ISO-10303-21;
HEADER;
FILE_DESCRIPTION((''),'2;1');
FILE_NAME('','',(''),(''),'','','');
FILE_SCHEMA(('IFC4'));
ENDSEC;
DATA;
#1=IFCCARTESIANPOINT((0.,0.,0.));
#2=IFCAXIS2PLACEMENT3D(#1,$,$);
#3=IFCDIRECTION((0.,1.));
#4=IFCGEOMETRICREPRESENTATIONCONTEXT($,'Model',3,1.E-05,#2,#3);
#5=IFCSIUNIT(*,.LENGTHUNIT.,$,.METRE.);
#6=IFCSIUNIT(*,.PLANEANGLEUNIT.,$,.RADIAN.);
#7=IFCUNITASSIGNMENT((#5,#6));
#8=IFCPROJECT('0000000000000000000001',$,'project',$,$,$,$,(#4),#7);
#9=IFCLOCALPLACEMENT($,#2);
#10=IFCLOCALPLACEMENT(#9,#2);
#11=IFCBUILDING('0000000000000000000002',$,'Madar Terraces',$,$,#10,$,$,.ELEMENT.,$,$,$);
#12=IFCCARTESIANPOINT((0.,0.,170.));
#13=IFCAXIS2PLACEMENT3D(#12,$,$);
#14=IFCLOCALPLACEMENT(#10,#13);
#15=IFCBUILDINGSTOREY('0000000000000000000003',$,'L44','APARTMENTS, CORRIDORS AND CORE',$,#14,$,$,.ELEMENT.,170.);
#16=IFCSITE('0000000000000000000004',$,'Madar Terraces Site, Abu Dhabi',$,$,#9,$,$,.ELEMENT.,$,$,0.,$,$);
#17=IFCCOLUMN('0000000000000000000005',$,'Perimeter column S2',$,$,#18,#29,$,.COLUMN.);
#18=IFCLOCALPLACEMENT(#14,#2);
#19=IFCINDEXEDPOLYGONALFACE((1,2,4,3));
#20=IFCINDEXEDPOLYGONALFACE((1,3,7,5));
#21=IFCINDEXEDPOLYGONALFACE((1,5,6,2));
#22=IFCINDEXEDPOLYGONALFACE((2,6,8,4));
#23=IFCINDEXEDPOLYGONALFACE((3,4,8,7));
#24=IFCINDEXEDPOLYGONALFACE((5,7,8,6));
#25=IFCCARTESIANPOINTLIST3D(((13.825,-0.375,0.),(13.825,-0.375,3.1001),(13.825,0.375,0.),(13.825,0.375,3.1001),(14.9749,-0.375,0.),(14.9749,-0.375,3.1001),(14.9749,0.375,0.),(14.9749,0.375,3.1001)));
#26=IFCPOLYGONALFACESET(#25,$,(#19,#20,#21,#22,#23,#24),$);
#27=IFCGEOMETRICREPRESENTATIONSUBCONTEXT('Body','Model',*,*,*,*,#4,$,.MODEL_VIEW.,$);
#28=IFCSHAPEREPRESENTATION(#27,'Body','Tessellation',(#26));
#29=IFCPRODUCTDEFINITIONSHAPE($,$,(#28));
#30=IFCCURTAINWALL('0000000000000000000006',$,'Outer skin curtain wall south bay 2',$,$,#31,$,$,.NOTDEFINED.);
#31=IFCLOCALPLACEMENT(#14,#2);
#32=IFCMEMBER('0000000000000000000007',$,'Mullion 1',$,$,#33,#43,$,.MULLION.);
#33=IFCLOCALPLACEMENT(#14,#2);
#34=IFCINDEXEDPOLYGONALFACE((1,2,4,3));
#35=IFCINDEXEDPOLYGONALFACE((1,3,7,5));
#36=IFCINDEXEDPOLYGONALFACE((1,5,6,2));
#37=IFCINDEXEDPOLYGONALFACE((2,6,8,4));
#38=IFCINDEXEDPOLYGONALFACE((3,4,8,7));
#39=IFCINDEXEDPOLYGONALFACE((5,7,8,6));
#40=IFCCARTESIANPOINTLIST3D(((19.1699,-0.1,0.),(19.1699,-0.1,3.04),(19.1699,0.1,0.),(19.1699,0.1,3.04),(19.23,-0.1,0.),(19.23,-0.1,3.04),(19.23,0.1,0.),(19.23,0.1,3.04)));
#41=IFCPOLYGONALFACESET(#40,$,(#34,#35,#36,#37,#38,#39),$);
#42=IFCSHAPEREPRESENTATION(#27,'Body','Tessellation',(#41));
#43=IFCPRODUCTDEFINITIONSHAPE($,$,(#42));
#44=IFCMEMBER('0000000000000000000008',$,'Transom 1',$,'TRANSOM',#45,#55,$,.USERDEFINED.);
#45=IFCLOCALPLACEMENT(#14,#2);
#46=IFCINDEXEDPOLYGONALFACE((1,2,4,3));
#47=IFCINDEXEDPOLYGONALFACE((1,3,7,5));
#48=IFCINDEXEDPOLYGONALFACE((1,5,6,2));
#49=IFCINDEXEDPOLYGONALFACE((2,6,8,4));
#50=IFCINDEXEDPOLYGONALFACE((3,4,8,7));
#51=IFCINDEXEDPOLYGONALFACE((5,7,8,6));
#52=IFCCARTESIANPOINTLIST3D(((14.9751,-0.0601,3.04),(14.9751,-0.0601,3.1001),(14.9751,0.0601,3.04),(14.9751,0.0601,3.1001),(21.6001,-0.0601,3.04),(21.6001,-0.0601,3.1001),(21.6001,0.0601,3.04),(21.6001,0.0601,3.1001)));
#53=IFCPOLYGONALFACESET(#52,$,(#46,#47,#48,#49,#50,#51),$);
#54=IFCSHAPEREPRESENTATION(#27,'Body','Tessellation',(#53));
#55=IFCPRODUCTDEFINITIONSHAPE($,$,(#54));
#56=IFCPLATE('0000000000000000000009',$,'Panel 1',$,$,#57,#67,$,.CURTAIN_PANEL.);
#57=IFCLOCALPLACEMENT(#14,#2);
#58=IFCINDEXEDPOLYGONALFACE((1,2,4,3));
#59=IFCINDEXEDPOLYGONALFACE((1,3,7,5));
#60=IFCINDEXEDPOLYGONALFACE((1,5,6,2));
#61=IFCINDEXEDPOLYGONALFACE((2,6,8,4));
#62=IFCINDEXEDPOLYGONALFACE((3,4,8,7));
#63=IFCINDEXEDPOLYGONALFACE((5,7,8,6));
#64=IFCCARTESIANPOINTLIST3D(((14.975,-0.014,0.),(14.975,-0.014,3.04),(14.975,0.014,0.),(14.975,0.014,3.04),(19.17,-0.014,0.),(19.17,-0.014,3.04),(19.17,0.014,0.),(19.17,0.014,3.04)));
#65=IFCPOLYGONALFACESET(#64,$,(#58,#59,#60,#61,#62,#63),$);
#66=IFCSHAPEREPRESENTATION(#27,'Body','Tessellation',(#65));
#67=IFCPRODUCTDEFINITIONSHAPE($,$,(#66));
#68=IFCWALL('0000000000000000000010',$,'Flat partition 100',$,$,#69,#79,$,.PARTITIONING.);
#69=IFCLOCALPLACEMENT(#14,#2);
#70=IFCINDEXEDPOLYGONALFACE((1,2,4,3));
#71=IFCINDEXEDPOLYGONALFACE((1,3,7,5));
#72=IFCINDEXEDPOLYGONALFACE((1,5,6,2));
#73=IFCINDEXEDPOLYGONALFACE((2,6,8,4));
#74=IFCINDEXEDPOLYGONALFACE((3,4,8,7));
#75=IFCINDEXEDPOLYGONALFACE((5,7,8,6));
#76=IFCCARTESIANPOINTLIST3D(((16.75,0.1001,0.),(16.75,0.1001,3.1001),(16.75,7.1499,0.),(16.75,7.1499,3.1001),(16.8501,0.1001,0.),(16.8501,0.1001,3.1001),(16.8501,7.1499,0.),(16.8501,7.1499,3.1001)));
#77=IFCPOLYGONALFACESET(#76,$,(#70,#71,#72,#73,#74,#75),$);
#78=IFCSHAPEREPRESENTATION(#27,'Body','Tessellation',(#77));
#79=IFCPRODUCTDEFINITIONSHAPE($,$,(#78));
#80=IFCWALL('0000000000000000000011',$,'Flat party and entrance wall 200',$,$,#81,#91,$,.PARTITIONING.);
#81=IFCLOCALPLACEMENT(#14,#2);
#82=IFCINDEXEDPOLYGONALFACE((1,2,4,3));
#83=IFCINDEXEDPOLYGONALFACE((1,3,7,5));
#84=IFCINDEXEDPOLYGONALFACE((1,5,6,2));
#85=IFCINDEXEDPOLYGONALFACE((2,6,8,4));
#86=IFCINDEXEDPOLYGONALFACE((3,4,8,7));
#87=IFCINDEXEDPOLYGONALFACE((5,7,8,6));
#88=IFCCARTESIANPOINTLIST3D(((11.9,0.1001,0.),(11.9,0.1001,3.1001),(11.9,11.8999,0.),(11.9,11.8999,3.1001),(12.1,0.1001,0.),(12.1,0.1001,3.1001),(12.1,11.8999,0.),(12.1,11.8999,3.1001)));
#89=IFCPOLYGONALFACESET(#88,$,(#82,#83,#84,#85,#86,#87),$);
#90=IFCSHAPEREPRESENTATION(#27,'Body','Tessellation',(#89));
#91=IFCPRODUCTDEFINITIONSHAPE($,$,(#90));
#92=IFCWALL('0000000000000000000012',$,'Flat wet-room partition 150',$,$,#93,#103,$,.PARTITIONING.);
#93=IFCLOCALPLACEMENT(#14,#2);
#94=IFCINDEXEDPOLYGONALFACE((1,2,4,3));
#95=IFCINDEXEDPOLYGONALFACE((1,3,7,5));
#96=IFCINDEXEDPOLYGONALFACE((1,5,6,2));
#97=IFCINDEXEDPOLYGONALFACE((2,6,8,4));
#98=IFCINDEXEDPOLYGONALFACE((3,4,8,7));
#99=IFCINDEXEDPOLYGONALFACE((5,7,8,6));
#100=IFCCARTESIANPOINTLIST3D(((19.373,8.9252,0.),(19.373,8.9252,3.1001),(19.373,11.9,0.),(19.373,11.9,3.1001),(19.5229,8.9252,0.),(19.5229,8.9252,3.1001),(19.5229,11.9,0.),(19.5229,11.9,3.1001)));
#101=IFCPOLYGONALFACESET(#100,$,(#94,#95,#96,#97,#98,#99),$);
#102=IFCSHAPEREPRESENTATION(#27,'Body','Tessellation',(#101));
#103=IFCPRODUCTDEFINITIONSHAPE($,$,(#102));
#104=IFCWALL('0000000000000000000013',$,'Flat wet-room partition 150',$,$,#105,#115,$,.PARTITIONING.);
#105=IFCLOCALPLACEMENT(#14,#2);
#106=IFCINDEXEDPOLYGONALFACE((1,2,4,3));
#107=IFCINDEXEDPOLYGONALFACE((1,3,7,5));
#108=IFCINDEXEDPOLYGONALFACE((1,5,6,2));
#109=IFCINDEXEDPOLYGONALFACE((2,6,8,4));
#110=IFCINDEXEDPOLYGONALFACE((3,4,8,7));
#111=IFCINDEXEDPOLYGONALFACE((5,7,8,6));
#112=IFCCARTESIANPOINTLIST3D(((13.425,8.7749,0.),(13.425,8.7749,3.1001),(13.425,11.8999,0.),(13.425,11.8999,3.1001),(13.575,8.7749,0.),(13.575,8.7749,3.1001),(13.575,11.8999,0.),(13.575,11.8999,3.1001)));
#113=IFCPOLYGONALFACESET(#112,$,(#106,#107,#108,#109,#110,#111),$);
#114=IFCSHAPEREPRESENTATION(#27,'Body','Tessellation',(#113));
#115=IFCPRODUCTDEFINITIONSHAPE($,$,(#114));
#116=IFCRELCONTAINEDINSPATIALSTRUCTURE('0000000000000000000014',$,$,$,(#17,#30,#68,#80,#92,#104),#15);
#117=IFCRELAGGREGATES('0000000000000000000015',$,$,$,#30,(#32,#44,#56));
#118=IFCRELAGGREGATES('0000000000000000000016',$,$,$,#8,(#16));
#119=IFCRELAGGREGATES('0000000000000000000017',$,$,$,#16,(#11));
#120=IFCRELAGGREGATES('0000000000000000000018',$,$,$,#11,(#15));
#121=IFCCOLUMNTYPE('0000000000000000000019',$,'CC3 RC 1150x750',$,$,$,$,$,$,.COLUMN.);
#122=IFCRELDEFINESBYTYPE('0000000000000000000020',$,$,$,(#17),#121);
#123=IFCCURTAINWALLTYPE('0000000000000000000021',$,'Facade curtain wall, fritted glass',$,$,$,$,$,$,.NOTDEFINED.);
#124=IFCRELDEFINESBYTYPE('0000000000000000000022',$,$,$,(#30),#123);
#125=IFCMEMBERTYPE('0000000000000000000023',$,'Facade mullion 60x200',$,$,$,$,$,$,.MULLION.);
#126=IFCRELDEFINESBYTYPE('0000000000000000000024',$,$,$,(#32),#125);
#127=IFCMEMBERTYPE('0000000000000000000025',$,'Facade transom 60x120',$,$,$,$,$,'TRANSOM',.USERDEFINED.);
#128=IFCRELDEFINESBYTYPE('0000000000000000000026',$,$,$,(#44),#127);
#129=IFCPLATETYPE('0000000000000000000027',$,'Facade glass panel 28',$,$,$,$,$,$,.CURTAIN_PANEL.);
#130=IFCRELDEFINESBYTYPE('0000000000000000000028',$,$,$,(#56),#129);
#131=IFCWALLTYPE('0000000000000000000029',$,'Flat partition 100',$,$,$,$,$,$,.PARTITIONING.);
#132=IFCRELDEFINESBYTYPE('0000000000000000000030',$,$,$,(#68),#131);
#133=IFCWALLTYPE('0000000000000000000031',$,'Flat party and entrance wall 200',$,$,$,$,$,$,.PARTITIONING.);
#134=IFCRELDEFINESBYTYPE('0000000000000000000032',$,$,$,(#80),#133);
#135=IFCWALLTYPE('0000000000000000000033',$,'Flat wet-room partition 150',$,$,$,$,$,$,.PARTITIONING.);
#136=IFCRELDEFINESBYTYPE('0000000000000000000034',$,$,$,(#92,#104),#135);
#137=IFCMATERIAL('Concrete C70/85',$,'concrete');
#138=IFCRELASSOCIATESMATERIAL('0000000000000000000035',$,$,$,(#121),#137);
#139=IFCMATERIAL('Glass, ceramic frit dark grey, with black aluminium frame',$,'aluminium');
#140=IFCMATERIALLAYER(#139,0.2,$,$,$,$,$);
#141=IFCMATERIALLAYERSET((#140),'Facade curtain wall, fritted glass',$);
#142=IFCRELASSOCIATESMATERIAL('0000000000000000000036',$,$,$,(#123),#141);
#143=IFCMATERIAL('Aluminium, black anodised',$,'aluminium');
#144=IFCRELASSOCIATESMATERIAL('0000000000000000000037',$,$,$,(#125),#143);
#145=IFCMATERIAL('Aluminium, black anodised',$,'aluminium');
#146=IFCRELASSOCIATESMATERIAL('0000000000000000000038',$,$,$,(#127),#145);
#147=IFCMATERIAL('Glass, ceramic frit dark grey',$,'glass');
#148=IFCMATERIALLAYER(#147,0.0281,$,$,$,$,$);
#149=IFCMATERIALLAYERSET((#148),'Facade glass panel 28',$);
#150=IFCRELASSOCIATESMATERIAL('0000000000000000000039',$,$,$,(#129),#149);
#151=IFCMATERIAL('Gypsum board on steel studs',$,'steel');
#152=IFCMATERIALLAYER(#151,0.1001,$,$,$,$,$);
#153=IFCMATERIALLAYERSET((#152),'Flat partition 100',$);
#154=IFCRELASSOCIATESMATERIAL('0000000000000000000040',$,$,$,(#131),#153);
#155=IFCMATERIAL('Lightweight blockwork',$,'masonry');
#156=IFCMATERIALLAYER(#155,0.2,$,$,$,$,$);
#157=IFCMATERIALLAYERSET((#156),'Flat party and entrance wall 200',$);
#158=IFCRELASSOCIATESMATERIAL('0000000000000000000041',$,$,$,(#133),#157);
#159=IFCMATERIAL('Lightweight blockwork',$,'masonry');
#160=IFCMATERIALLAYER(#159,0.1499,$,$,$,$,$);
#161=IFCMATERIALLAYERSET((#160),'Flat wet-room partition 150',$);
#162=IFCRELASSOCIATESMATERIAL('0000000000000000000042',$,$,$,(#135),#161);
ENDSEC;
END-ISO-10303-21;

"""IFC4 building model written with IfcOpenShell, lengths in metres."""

from ifc_helpers import new_model, si_unit, direction, frame, frame_2d, origin, origin_2d, place, context, subcontext, project, spatial, rectangle, extrude, material, layer, layer_set, material_profile, profile_set, type_object, element, aggregate, save


model = new_model("IFC4")

# Units and contexts
model_context = context("Model", 3, precision=1e-05, world=origin(), true_north=direction((0.0, 1.0)))
body_context = subcontext(model_context, "Body", "Model", "MODEL_VIEW")
ifc_project = project(units=[si_unit("LENGTHUNIT", "METRE"), si_unit("PLANEANGLEUNIT", "RADIAN")], contexts=[model_context])

# Site, building, storey
site_placement = place(None, origin())
site = spatial("IfcSite", under=ifc_project, at=site_placement, Name="Madar Terraces Site, Abu Dhabi", CompositionType="ELEMENT", RefElevation=0.0)
building_placement = place(site_placement, origin())
building = spatial("IfcBuilding", under=site, at=building_placement, Name="Madar Terraces", CompositionType="ELEMENT")
storey_placement = place(building_placement, frame((0.0, 0.0, 170.0)))
storey = spatial("IfcBuildingStorey", under=building, at=storey_placement, Name="L44", Description="APARTMENTS, CORRIDORS AND CORE", CompositionType="ELEMENT", Elevation=170.0)

# Column
ifc_material_1 = material(Name="Concrete C70/85", Category="concrete")
ifc_material_profile_1 = material_profile(ifc_material_1, rectangle(XDim=1.1499, YDim=0.75, at=origin_2d()), Name="CC3 RC 1150x750")
ifc_profile_set_1 = profile_set([ifc_material_profile_1], Name="Concrete C70/85")
column_type = type_object("IfcColumnType", Name="CC3 RC 1150x750", PredefinedType="COLUMN", material=ifc_profile_set_1)
column_placement = place(storey_placement, frame((14.3999, 0.0, 0.0), z_axis=(0.0, 0.0, 1.0), x_axis=(1.0, 0.0, 0.0)))
element("IfcColumn", 1, at=column_placement, inside=storey, type_object=column_type, Name="Perimeter column S2", PredefinedType="COLUMN", context=body_context, shape_type="SweptSolid", body=[
    extrude(rectangle(XDim=1.1499, YDim=0.75, at=origin_2d()), origin(), (0.0, 0.0, 1.0), 3.1001),
])

# Curtain wall, members, plate
ifc_material_2 = material(Name="Glass, ceramic frit dark grey, with black aluminium frame", Category="aluminium")
ifc_layer_1 = layer(ifc_material_2, 0.2)
ifc_layer_set_1 = layer_set([ifc_layer_1], Name="Facade curtain wall, fritted glass")
curtain_wall_type = type_object("IfcCurtainWallType", Name="Facade curtain wall, fritted glass", PredefinedType="NOTDEFINED", material=ifc_layer_set_1)
curtain_wall_placement = place(storey_placement, origin())
curtain_wall = element("IfcCurtainWall", 2, at=curtain_wall_placement, inside=storey, type_object=curtain_wall_type, Name="Outer skin curtain wall south bay 2", PredefinedType="NOTDEFINED")
ifc_material_3 = material(Name="Aluminium, black anodised", Category="aluminium")
ifc_material_profile_2 = material_profile(ifc_material_3, rectangle(XDim=0.2, YDim=0.0601, at=origin_2d()), Name="Facade mullion 60x200")
ifc_profile_set_2 = profile_set([ifc_material_profile_2], Name="Aluminium, black anodised")
member_type_1 = type_object("IfcMemberType", Name="Facade mullion 60x200", PredefinedType="MULLION", material=ifc_profile_set_2)
member_1_placement = place(storey_placement, frame((19.2, 0.0, 0.0), z_axis=(0.0, 0.0, 1.0), x_axis=(0.0, 1.0, 0.0)))
member_1 = element("IfcMember", 3, at=member_1_placement, type_object=member_type_1, Name="Mullion 1", PredefinedType="MULLION", context=body_context, shape_type="SweptSolid", body=[
    extrude(rectangle(XDim=0.2, YDim=0.0601, at=origin_2d()), origin(), (0.0, 0.0, 1.0), 3.04),
])
ifc_material_4 = material(Name="Aluminium, black anodised", Category="aluminium")
ifc_material_profile_3 = material_profile(ifc_material_4, rectangle(XDim=0.1201, YDim=0.0601, at=origin_2d()), Name="Facade transom 60x120")
ifc_profile_set_3 = profile_set([ifc_material_profile_3], Name="Aluminium, black anodised")
member_type_2 = type_object("IfcMemberType", Name="Facade transom 60x120", ElementType="TRANSOM", PredefinedType="USERDEFINED", material=ifc_profile_set_3)
member_2_placement = place(storey_placement, frame((14.9751, 0.0, 3.0701), z_axis=(1.0, 0.0, 0.0), x_axis=(0.0, 1.0, 0.0)))
member_2 = element("IfcMember", 4, at=member_2_placement, type_object=member_type_2, Name="Transom 1", ObjectType="TRANSOM", PredefinedType="USERDEFINED", context=body_context, shape_type="SweptSolid", body=[
    extrude(rectangle(XDim=0.1201, YDim=0.0601, at=origin_2d()), origin(), (0.0, 0.0, 1.0), 6.625),
])
ifc_material_5 = material(Name="Glass, ceramic frit dark grey", Category="glass")
ifc_layer_2 = layer(ifc_material_5, 0.0281)
ifc_layer_set_2 = layer_set([ifc_layer_2], Name="Facade glass panel 28")
plate_type = type_object("IfcPlateType", Name="Facade glass panel 28", PredefinedType="CURTAIN_PANEL", material=ifc_layer_set_2)
plate_placement = place(storey_placement, frame((17.0725, 0.0, 0.0), z_axis=(0.0, 0.0, 1.0), x_axis=(1.0, 0.0, 0.0)))
plate = element("IfcPlate", 5, at=plate_placement, type_object=plate_type, Name="Panel 1", PredefinedType="CURTAIN_PANEL", context=body_context, shape_type="SweptSolid", body=[
    extrude(rectangle(XDim=4.1951, YDim=0.0281, at=origin_2d()), origin(), (0.0, 0.0, 1.0), 3.04),
])
aggregate(curtain_wall, [member_1, member_2, plate])

# Walls
ifc_material_6 = material(Name="Gypsum board on steel studs", Category="steel")
ifc_layer_3 = layer(ifc_material_6, 0.1001)
ifc_layer_set_3 = layer_set([ifc_layer_3], Name="Flat partition 100")
wall_type_1 = type_object("IfcWallType", Name="Flat partition 100", PredefinedType="PARTITIONING", material=ifc_layer_set_3)
wall_1_placement = place(storey_placement, frame((16.8, 7.1499, 0.0), z_axis=(0.0, 0.0, 1.0), x_axis=(0.0, -1.0, 0.0)))
element("IfcWall", 6, at=wall_1_placement, inside=storey, type_object=wall_type_1, Name="Flat partition 100", PredefinedType="PARTITIONING", context=body_context, shape_type="SweptSolid", body=[
    extrude(rectangle(XDim=7.0498, YDim=0.1001, at=frame_2d((3.5249, 0.0))), origin(), (0.0, 0.0, 1.0), 3.1001),
])
ifc_material_7 = material(Name="Lightweight blockwork", Category="masonry")
ifc_layer_4 = layer(ifc_material_7, 0.2)
ifc_layer_set_4 = layer_set([ifc_layer_4], Name="Flat party and entrance wall 200")
wall_type_2 = type_object("IfcWallType", Name="Flat party and entrance wall 200", PredefinedType="PARTITIONING", material=ifc_layer_set_4)
wall_2_placement = place(storey_placement, frame((12.0, 0.1001, 0.0), z_axis=(0.0, 0.0, 1.0), x_axis=(0.0, 1.0, 0.0)))
element("IfcWall", 7, at=wall_2_placement, inside=storey, type_object=wall_type_2, Name="Flat party and entrance wall 200", PredefinedType="PARTITIONING", context=body_context, shape_type="SweptSolid", body=[
    extrude(rectangle(XDim=11.7998, YDim=0.2, at=frame_2d((5.8999, 0.0))), origin(), (0.0, 0.0, 1.0), 3.1001),
])
ifc_material_8 = material(Name="Lightweight blockwork", Category="masonry")
ifc_layer_5 = layer(ifc_material_8, 0.1499)
ifc_layer_set_5 = layer_set([ifc_layer_5], Name="Flat wet-room partition 150")
wall_type_3 = type_object("IfcWallType", Name="Flat wet-room partition 150", PredefinedType="PARTITIONING", material=ifc_layer_set_5)
wall_3_placement = place(storey_placement, frame((19.448, 11.8999, 0.0), z_axis=(0.0, 0.0, 1.0), x_axis=(0.0, -1.0, 0.0)))
element("IfcWall", 8, at=wall_3_placement, inside=storey, type_object=wall_type_3, Name="Flat wet-room partition 150", PredefinedType="PARTITIONING", context=body_context, shape_type="SweptSolid", body=[
    extrude(rectangle(XDim=2.9749, YDim=0.1499, at=frame_2d((1.4873, 0.0))), origin(), (0.0, 0.0, 1.0), 3.1001),
])
wall_4_placement = place(storey_placement, frame((13.5, 11.8999, 0.0), z_axis=(0.0, 0.0, 1.0), x_axis=(0.0, -1.0, 0.0)))
element("IfcWall", 9, at=wall_4_placement, inside=storey, type_object=wall_type_3, Name="Flat wet-room partition 150", PredefinedType="PARTITIONING", context=body_context, shape_type="SweptSolid", body=[
    extrude(rectangle(XDim=3.125, YDim=0.1499, at=frame_2d((1.5625, 0.0))), origin(), (0.0, 0.0, 1.0), 3.1001),
])

save(model, "model.ifc")
